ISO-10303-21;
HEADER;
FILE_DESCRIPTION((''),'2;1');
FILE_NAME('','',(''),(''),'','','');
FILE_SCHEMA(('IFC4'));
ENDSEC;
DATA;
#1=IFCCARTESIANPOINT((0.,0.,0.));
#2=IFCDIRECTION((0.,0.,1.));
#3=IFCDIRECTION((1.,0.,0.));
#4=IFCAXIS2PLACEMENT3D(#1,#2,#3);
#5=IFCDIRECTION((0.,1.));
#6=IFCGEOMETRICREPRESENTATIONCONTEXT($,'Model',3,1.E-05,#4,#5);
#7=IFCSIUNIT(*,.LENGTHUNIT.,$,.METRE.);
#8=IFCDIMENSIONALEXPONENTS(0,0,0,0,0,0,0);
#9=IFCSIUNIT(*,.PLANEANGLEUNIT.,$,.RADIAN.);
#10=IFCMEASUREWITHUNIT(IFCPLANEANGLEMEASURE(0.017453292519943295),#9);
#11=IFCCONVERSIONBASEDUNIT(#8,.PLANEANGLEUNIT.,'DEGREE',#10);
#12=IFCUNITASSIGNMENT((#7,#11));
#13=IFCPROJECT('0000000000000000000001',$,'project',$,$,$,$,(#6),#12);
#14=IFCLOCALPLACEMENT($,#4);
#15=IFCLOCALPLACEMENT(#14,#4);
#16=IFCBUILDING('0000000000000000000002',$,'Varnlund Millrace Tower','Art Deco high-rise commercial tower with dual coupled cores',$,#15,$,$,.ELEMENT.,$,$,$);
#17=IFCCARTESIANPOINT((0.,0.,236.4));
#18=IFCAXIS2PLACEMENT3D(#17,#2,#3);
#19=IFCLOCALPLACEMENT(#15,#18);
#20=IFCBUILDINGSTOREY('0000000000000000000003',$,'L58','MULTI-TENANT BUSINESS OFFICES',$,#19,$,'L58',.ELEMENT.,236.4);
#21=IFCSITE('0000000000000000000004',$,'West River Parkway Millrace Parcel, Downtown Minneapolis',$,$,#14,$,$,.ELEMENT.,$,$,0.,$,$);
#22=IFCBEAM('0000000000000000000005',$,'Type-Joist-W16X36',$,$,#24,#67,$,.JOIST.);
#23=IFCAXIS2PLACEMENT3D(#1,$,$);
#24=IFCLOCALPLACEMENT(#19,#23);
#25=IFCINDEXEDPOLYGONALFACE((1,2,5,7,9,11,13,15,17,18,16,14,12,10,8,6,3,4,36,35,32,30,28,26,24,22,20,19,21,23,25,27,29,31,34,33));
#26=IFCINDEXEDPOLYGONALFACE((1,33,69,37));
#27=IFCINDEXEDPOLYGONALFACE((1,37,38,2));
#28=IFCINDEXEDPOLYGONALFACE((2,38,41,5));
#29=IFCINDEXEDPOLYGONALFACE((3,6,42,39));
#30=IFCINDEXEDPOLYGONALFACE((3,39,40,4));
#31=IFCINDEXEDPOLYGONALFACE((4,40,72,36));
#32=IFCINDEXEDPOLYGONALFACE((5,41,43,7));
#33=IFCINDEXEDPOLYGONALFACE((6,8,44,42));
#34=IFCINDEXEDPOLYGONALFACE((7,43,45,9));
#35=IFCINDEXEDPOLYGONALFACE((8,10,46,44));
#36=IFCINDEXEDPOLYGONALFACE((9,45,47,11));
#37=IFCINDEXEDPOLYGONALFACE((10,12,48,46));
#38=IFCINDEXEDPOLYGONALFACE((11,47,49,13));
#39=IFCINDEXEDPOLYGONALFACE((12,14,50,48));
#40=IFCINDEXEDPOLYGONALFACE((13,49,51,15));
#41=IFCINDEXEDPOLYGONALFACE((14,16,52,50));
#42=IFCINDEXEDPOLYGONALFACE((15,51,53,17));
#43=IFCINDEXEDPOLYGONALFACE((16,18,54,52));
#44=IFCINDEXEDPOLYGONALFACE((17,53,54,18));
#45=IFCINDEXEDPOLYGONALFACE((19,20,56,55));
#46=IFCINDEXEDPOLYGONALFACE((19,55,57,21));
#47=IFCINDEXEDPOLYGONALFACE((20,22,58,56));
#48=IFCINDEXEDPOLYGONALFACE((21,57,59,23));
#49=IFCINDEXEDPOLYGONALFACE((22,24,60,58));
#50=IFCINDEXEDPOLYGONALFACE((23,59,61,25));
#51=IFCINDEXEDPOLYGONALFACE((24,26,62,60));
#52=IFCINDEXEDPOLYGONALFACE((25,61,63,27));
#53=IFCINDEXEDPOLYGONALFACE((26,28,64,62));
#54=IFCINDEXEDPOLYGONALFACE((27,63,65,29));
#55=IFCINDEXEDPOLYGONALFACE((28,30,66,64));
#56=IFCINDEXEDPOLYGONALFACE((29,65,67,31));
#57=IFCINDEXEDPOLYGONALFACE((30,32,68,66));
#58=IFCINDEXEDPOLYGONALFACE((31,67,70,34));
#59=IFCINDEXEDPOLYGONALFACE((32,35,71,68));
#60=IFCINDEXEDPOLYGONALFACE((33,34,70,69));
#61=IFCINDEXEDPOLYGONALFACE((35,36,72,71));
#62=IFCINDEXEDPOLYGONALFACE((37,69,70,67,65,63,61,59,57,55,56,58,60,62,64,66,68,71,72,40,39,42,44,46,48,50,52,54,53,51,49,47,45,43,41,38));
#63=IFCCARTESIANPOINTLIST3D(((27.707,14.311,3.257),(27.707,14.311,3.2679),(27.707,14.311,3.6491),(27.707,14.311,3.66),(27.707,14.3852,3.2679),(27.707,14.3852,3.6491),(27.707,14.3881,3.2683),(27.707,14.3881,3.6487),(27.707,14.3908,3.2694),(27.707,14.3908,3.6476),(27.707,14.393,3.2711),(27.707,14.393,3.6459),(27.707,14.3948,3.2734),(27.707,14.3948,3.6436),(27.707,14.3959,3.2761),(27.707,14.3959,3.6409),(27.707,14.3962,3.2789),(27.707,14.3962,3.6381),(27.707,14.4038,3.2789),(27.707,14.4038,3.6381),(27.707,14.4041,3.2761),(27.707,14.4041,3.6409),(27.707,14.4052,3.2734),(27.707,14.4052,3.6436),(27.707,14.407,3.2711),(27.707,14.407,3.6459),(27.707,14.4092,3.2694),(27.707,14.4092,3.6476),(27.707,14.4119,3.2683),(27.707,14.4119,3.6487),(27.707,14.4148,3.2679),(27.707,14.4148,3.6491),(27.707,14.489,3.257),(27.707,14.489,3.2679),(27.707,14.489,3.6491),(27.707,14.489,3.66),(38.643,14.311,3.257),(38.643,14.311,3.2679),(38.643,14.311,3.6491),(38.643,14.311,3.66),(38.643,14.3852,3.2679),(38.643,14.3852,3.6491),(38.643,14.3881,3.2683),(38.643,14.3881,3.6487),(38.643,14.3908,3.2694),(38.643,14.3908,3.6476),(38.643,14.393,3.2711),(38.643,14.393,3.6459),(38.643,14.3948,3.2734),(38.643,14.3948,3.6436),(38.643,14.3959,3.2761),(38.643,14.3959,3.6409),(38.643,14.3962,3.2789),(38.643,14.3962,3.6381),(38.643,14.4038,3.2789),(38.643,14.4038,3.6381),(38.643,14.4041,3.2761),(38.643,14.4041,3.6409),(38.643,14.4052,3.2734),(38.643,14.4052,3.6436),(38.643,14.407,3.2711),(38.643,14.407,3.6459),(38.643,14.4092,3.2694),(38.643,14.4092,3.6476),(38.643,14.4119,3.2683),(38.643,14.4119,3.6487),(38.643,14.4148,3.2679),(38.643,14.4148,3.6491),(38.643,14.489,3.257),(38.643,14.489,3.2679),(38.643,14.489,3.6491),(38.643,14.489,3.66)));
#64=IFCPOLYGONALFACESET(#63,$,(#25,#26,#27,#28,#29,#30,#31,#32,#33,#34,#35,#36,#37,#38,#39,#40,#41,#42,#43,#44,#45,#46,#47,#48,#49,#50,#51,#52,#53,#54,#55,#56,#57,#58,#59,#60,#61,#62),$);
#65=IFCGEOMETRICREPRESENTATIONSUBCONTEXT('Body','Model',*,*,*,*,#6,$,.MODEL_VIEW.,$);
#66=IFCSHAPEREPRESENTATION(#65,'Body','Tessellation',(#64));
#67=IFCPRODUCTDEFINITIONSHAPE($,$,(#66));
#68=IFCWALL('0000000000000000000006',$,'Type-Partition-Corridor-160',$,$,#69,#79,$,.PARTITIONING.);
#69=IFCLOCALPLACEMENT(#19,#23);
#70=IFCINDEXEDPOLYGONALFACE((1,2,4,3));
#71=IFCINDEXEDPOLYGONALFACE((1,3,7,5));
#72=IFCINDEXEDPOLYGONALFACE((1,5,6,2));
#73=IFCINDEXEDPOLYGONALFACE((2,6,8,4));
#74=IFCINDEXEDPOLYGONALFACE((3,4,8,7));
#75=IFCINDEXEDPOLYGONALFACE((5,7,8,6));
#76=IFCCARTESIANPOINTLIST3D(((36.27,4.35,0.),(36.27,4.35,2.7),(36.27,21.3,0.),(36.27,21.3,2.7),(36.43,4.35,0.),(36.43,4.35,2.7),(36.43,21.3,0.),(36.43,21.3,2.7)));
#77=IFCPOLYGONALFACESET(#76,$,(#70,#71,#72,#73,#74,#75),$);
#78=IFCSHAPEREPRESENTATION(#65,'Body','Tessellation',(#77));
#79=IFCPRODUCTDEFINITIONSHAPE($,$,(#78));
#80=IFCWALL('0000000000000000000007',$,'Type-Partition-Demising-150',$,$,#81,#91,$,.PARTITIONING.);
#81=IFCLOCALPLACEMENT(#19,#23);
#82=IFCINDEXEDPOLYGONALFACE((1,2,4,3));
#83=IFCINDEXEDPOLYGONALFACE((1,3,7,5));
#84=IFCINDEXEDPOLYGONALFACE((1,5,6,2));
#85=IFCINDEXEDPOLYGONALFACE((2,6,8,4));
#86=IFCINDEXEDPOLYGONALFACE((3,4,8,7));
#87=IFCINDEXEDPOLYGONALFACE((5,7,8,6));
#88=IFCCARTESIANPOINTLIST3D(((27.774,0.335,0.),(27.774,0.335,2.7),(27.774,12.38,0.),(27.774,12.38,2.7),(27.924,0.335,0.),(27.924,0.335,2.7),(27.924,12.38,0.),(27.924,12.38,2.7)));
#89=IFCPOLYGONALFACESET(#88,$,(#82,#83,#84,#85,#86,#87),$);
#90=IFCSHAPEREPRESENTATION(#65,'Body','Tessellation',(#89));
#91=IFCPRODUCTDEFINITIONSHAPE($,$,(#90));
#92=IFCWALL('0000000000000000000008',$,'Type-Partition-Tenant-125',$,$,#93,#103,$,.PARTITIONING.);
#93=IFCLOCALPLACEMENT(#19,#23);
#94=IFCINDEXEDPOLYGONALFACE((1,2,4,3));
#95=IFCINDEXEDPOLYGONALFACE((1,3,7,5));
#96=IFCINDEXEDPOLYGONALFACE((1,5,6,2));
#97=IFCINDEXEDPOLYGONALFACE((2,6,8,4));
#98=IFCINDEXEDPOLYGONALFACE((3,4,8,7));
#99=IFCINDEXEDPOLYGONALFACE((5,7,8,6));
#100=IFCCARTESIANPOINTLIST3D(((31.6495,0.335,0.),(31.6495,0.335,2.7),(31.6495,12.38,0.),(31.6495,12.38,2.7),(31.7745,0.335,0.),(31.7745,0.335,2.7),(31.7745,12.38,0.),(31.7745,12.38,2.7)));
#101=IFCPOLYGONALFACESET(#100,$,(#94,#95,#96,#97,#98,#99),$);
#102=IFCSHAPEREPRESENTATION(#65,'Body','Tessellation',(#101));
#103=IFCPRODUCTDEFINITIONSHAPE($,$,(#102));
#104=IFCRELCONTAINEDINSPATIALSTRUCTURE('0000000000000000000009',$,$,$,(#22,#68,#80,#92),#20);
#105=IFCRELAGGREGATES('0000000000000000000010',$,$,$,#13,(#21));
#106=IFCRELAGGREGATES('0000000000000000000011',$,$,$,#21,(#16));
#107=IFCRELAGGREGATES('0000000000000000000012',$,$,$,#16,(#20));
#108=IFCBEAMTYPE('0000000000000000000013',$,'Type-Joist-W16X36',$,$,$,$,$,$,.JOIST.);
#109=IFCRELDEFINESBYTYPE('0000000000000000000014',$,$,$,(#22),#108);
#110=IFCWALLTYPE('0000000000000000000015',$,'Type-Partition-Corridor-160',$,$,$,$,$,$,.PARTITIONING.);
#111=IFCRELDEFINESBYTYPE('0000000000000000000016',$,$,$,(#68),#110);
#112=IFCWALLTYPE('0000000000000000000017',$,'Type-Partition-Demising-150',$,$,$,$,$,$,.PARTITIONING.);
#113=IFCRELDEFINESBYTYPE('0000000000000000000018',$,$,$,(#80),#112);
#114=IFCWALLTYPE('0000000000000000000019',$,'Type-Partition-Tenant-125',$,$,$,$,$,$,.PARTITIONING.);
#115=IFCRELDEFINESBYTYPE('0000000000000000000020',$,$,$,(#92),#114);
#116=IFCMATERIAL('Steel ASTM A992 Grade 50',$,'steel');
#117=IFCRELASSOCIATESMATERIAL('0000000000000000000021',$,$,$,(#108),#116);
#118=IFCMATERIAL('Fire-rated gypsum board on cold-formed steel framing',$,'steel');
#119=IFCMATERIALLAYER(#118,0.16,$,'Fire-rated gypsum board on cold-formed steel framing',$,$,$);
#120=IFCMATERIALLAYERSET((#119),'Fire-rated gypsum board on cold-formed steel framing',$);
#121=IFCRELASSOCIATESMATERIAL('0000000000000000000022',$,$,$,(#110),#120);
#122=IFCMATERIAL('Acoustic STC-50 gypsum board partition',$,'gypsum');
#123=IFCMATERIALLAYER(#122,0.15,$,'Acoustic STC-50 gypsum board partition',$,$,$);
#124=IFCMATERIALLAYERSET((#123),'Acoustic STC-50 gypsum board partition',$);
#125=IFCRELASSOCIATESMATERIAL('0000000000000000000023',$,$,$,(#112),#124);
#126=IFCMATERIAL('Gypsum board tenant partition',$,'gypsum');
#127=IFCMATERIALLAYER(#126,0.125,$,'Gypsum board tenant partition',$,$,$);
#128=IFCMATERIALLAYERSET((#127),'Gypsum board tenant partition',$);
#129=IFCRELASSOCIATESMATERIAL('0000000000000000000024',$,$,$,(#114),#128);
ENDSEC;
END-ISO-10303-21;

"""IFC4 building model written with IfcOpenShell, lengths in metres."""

from ifc_helpers import new_model, entity, si_unit, converted_unit, direction, frame, origin_with_axes, origin_2d_with_axis, place, context, subcontext, project, spatial, polyline, i_section, outline, extrude, material, layer, layer_set, material_profile, profile_set, type_object, element, save


model = new_model("IFC4")

# Units and contexts
model_context = context("Model", 3, precision=1e-05, world=origin_with_axes(), true_north=direction((0.0, 1.0)))
body_context = subcontext(model_context, "Body", "Model", "MODEL_VIEW")
ifc_project = project(units=[si_unit("LENGTHUNIT", "METRE"), converted_unit("PLANEANGLEUNIT", "DEGREE", entity("IfcPlaneAngleMeasure", 0.017453292519943295), si_unit("PLANEANGLEUNIT", "RADIAN"), dimensions=[0, 0, 0, 0, 0, 0, 0])], contexts=[model_context])

# Site, building, storey
site_placement = place(None, origin_with_axes())
site = spatial("IfcSite", under=ifc_project, at=site_placement, Name="West River Parkway Millrace Parcel, Downtown Minneapolis", CompositionType="ELEMENT", RefElevation=0.0)
building_placement = place(site_placement, origin_with_axes())
building = spatial("IfcBuilding", under=site, at=building_placement, Name="Varnlund Millrace Tower", Description="Art Deco high-rise commercial tower with dual coupled cores", CompositionType="ELEMENT")
storey_placement = place(building_placement, frame((0.0, 0.0, 236.4), z_axis=(0.0, 0.0, 1.0), x_axis=(1.0, 0.0, 0.0)))
storey = spatial("IfcBuildingStorey", under=building, at=storey_placement, Name="L58", Description="MULTI-TENANT BUSINESS OFFICES", LongName="L58", CompositionType="ELEMENT", Elevation=236.4)

# Beam
ifc_material_1 = material(Name="Steel ASTM A992 Grade 50", Category="steel")
ifc_material_profile_1 = material_profile(ifc_material_1, i_section(OverallWidth=0.178, OverallDepth=0.403, WebThickness=0.0075, FlangeThickness=0.0109, FilletRadius=0.011, at=origin_2d_with_axis()), Name="Steel ASTM A992 Grade 50")
ifc_profile_set_1 = profile_set([ifc_material_profile_1], Name="Steel ASTM A992 Grade 50")
beam_type_1 = type_object("IfcBeamType", Name="Type-Joist-W16X36", PredefinedType="JOIST", material=ifc_profile_set_1)
for number, where, z_axis, x_axis, name in (
    (1, (27.707, 14.4, 3.4585), (1.0, 0.0, 0.0), (0.0, 1.0, 0.0), "Type-Joist-W16X36"),
):
    element("IfcBeam", number, at=place(storey_placement, frame(where, z_axis=z_axis, x_axis=x_axis)), inside=storey, type_object=beam_type_1, Name=name, PredefinedType="JOIST", context=body_context, shape_type="SweptSolid", body=[
        extrude(i_section(OverallWidth=0.178, OverallDepth=0.403, WebThickness=0.0075, FlangeThickness=0.0109, FilletRadius=0.011, at=origin_2d_with_axis()), origin_with_axes(), (0.0, 0.0, 1.0), 10.936),
    ])

# Shared definitions
ifc_material_2 = material(Name="Fire-rated gypsum board on cold-formed steel framing", Category="steel")
ifc_layer_1 = layer(ifc_material_2, 0.16, Name="Fire-rated gypsum board on cold-formed steel framing")
ifc_layer_set_1 = layer_set([ifc_layer_1], Name="Fire-rated gypsum board on cold-formed steel framing")
wall_type_1 = type_object("IfcWallType", Name="Type-Partition-Corridor-160", PredefinedType="PARTITIONING", material=ifc_layer_set_1)

# Walls
wall_1_placement = place(storey_placement, frame((36.35, 4.35, 0.0), z_axis=(0.0, 0.0, 1.0), x_axis=(0.0, 1.0, 0.0)))
element("IfcWall", 2, at=wall_1_placement, inside=storey, type_object=wall_type_1, Name="Type-Partition-Corridor-160", PredefinedType="PARTITIONING", context=body_context, shape_type="SweptSolid", body=[
    extrude(outline(polyline([(0.0, -0.08), (16.95, -0.08), (16.95, 0.08), (0.0, 0.08), (0.0, -0.08)])), origin_with_axes(), (0.0, 0.0, 1.0), 2.7),
])
ifc_material_3 = material(Name="Acoustic STC-50 gypsum board partition", Category="gypsum")
ifc_layer_2 = layer(ifc_material_3, 0.15, Name="Acoustic STC-50 gypsum board partition")
ifc_layer_set_2 = layer_set([ifc_layer_2], Name="Acoustic STC-50 gypsum board partition")
wall_type_2 = type_object("IfcWallType", Name="Type-Partition-Demising-150", PredefinedType="PARTITIONING", material=ifc_layer_set_2)
wall_2_placement = place(storey_placement, frame((27.849, 0.335, 0.0), z_axis=(0.0, 0.0, 1.0), x_axis=(0.0, 1.0, 0.0)))
element("IfcWall", 3, at=wall_2_placement, inside=storey, type_object=wall_type_2, Name="Type-Partition-Demising-150", PredefinedType="PARTITIONING", context=body_context, shape_type="SweptSolid", body=[
    extrude(outline(polyline([(0.0, -0.075), (12.045, -0.075), (12.045, 0.075), (0.0, 0.075), (0.0, -0.075)])), origin_with_axes(), (0.0, 0.0, 1.0), 2.7),
])
ifc_material_4 = material(Name="Gypsum board tenant partition", Category="gypsum")
ifc_layer_3 = layer(ifc_material_4, 0.125, Name="Gypsum board tenant partition")
ifc_layer_set_3 = layer_set([ifc_layer_3], Name="Gypsum board tenant partition")
wall_type_3 = type_object("IfcWallType", Name="Type-Partition-Tenant-125", PredefinedType="PARTITIONING", material=ifc_layer_set_3)
wall_3_placement = place(storey_placement, frame((31.712, 0.335, 0.0), z_axis=(0.0, 0.0, 1.0), x_axis=(0.0, 1.0, 0.0)))
element("IfcWall", 4, at=wall_3_placement, inside=storey, type_object=wall_type_3, Name="Type-Partition-Tenant-125", PredefinedType="PARTITIONING", context=body_context, shape_type="SweptSolid", body=[
    extrude(outline(polyline([(0.0, -0.0625), (12.045, -0.0625), (12.045, 0.0625), (0.0, 0.0625), (0.0, -0.0625)])), origin_with_axes(), (0.0, 0.0, 1.0), 2.7),
])

save(model, "model.ifc")
